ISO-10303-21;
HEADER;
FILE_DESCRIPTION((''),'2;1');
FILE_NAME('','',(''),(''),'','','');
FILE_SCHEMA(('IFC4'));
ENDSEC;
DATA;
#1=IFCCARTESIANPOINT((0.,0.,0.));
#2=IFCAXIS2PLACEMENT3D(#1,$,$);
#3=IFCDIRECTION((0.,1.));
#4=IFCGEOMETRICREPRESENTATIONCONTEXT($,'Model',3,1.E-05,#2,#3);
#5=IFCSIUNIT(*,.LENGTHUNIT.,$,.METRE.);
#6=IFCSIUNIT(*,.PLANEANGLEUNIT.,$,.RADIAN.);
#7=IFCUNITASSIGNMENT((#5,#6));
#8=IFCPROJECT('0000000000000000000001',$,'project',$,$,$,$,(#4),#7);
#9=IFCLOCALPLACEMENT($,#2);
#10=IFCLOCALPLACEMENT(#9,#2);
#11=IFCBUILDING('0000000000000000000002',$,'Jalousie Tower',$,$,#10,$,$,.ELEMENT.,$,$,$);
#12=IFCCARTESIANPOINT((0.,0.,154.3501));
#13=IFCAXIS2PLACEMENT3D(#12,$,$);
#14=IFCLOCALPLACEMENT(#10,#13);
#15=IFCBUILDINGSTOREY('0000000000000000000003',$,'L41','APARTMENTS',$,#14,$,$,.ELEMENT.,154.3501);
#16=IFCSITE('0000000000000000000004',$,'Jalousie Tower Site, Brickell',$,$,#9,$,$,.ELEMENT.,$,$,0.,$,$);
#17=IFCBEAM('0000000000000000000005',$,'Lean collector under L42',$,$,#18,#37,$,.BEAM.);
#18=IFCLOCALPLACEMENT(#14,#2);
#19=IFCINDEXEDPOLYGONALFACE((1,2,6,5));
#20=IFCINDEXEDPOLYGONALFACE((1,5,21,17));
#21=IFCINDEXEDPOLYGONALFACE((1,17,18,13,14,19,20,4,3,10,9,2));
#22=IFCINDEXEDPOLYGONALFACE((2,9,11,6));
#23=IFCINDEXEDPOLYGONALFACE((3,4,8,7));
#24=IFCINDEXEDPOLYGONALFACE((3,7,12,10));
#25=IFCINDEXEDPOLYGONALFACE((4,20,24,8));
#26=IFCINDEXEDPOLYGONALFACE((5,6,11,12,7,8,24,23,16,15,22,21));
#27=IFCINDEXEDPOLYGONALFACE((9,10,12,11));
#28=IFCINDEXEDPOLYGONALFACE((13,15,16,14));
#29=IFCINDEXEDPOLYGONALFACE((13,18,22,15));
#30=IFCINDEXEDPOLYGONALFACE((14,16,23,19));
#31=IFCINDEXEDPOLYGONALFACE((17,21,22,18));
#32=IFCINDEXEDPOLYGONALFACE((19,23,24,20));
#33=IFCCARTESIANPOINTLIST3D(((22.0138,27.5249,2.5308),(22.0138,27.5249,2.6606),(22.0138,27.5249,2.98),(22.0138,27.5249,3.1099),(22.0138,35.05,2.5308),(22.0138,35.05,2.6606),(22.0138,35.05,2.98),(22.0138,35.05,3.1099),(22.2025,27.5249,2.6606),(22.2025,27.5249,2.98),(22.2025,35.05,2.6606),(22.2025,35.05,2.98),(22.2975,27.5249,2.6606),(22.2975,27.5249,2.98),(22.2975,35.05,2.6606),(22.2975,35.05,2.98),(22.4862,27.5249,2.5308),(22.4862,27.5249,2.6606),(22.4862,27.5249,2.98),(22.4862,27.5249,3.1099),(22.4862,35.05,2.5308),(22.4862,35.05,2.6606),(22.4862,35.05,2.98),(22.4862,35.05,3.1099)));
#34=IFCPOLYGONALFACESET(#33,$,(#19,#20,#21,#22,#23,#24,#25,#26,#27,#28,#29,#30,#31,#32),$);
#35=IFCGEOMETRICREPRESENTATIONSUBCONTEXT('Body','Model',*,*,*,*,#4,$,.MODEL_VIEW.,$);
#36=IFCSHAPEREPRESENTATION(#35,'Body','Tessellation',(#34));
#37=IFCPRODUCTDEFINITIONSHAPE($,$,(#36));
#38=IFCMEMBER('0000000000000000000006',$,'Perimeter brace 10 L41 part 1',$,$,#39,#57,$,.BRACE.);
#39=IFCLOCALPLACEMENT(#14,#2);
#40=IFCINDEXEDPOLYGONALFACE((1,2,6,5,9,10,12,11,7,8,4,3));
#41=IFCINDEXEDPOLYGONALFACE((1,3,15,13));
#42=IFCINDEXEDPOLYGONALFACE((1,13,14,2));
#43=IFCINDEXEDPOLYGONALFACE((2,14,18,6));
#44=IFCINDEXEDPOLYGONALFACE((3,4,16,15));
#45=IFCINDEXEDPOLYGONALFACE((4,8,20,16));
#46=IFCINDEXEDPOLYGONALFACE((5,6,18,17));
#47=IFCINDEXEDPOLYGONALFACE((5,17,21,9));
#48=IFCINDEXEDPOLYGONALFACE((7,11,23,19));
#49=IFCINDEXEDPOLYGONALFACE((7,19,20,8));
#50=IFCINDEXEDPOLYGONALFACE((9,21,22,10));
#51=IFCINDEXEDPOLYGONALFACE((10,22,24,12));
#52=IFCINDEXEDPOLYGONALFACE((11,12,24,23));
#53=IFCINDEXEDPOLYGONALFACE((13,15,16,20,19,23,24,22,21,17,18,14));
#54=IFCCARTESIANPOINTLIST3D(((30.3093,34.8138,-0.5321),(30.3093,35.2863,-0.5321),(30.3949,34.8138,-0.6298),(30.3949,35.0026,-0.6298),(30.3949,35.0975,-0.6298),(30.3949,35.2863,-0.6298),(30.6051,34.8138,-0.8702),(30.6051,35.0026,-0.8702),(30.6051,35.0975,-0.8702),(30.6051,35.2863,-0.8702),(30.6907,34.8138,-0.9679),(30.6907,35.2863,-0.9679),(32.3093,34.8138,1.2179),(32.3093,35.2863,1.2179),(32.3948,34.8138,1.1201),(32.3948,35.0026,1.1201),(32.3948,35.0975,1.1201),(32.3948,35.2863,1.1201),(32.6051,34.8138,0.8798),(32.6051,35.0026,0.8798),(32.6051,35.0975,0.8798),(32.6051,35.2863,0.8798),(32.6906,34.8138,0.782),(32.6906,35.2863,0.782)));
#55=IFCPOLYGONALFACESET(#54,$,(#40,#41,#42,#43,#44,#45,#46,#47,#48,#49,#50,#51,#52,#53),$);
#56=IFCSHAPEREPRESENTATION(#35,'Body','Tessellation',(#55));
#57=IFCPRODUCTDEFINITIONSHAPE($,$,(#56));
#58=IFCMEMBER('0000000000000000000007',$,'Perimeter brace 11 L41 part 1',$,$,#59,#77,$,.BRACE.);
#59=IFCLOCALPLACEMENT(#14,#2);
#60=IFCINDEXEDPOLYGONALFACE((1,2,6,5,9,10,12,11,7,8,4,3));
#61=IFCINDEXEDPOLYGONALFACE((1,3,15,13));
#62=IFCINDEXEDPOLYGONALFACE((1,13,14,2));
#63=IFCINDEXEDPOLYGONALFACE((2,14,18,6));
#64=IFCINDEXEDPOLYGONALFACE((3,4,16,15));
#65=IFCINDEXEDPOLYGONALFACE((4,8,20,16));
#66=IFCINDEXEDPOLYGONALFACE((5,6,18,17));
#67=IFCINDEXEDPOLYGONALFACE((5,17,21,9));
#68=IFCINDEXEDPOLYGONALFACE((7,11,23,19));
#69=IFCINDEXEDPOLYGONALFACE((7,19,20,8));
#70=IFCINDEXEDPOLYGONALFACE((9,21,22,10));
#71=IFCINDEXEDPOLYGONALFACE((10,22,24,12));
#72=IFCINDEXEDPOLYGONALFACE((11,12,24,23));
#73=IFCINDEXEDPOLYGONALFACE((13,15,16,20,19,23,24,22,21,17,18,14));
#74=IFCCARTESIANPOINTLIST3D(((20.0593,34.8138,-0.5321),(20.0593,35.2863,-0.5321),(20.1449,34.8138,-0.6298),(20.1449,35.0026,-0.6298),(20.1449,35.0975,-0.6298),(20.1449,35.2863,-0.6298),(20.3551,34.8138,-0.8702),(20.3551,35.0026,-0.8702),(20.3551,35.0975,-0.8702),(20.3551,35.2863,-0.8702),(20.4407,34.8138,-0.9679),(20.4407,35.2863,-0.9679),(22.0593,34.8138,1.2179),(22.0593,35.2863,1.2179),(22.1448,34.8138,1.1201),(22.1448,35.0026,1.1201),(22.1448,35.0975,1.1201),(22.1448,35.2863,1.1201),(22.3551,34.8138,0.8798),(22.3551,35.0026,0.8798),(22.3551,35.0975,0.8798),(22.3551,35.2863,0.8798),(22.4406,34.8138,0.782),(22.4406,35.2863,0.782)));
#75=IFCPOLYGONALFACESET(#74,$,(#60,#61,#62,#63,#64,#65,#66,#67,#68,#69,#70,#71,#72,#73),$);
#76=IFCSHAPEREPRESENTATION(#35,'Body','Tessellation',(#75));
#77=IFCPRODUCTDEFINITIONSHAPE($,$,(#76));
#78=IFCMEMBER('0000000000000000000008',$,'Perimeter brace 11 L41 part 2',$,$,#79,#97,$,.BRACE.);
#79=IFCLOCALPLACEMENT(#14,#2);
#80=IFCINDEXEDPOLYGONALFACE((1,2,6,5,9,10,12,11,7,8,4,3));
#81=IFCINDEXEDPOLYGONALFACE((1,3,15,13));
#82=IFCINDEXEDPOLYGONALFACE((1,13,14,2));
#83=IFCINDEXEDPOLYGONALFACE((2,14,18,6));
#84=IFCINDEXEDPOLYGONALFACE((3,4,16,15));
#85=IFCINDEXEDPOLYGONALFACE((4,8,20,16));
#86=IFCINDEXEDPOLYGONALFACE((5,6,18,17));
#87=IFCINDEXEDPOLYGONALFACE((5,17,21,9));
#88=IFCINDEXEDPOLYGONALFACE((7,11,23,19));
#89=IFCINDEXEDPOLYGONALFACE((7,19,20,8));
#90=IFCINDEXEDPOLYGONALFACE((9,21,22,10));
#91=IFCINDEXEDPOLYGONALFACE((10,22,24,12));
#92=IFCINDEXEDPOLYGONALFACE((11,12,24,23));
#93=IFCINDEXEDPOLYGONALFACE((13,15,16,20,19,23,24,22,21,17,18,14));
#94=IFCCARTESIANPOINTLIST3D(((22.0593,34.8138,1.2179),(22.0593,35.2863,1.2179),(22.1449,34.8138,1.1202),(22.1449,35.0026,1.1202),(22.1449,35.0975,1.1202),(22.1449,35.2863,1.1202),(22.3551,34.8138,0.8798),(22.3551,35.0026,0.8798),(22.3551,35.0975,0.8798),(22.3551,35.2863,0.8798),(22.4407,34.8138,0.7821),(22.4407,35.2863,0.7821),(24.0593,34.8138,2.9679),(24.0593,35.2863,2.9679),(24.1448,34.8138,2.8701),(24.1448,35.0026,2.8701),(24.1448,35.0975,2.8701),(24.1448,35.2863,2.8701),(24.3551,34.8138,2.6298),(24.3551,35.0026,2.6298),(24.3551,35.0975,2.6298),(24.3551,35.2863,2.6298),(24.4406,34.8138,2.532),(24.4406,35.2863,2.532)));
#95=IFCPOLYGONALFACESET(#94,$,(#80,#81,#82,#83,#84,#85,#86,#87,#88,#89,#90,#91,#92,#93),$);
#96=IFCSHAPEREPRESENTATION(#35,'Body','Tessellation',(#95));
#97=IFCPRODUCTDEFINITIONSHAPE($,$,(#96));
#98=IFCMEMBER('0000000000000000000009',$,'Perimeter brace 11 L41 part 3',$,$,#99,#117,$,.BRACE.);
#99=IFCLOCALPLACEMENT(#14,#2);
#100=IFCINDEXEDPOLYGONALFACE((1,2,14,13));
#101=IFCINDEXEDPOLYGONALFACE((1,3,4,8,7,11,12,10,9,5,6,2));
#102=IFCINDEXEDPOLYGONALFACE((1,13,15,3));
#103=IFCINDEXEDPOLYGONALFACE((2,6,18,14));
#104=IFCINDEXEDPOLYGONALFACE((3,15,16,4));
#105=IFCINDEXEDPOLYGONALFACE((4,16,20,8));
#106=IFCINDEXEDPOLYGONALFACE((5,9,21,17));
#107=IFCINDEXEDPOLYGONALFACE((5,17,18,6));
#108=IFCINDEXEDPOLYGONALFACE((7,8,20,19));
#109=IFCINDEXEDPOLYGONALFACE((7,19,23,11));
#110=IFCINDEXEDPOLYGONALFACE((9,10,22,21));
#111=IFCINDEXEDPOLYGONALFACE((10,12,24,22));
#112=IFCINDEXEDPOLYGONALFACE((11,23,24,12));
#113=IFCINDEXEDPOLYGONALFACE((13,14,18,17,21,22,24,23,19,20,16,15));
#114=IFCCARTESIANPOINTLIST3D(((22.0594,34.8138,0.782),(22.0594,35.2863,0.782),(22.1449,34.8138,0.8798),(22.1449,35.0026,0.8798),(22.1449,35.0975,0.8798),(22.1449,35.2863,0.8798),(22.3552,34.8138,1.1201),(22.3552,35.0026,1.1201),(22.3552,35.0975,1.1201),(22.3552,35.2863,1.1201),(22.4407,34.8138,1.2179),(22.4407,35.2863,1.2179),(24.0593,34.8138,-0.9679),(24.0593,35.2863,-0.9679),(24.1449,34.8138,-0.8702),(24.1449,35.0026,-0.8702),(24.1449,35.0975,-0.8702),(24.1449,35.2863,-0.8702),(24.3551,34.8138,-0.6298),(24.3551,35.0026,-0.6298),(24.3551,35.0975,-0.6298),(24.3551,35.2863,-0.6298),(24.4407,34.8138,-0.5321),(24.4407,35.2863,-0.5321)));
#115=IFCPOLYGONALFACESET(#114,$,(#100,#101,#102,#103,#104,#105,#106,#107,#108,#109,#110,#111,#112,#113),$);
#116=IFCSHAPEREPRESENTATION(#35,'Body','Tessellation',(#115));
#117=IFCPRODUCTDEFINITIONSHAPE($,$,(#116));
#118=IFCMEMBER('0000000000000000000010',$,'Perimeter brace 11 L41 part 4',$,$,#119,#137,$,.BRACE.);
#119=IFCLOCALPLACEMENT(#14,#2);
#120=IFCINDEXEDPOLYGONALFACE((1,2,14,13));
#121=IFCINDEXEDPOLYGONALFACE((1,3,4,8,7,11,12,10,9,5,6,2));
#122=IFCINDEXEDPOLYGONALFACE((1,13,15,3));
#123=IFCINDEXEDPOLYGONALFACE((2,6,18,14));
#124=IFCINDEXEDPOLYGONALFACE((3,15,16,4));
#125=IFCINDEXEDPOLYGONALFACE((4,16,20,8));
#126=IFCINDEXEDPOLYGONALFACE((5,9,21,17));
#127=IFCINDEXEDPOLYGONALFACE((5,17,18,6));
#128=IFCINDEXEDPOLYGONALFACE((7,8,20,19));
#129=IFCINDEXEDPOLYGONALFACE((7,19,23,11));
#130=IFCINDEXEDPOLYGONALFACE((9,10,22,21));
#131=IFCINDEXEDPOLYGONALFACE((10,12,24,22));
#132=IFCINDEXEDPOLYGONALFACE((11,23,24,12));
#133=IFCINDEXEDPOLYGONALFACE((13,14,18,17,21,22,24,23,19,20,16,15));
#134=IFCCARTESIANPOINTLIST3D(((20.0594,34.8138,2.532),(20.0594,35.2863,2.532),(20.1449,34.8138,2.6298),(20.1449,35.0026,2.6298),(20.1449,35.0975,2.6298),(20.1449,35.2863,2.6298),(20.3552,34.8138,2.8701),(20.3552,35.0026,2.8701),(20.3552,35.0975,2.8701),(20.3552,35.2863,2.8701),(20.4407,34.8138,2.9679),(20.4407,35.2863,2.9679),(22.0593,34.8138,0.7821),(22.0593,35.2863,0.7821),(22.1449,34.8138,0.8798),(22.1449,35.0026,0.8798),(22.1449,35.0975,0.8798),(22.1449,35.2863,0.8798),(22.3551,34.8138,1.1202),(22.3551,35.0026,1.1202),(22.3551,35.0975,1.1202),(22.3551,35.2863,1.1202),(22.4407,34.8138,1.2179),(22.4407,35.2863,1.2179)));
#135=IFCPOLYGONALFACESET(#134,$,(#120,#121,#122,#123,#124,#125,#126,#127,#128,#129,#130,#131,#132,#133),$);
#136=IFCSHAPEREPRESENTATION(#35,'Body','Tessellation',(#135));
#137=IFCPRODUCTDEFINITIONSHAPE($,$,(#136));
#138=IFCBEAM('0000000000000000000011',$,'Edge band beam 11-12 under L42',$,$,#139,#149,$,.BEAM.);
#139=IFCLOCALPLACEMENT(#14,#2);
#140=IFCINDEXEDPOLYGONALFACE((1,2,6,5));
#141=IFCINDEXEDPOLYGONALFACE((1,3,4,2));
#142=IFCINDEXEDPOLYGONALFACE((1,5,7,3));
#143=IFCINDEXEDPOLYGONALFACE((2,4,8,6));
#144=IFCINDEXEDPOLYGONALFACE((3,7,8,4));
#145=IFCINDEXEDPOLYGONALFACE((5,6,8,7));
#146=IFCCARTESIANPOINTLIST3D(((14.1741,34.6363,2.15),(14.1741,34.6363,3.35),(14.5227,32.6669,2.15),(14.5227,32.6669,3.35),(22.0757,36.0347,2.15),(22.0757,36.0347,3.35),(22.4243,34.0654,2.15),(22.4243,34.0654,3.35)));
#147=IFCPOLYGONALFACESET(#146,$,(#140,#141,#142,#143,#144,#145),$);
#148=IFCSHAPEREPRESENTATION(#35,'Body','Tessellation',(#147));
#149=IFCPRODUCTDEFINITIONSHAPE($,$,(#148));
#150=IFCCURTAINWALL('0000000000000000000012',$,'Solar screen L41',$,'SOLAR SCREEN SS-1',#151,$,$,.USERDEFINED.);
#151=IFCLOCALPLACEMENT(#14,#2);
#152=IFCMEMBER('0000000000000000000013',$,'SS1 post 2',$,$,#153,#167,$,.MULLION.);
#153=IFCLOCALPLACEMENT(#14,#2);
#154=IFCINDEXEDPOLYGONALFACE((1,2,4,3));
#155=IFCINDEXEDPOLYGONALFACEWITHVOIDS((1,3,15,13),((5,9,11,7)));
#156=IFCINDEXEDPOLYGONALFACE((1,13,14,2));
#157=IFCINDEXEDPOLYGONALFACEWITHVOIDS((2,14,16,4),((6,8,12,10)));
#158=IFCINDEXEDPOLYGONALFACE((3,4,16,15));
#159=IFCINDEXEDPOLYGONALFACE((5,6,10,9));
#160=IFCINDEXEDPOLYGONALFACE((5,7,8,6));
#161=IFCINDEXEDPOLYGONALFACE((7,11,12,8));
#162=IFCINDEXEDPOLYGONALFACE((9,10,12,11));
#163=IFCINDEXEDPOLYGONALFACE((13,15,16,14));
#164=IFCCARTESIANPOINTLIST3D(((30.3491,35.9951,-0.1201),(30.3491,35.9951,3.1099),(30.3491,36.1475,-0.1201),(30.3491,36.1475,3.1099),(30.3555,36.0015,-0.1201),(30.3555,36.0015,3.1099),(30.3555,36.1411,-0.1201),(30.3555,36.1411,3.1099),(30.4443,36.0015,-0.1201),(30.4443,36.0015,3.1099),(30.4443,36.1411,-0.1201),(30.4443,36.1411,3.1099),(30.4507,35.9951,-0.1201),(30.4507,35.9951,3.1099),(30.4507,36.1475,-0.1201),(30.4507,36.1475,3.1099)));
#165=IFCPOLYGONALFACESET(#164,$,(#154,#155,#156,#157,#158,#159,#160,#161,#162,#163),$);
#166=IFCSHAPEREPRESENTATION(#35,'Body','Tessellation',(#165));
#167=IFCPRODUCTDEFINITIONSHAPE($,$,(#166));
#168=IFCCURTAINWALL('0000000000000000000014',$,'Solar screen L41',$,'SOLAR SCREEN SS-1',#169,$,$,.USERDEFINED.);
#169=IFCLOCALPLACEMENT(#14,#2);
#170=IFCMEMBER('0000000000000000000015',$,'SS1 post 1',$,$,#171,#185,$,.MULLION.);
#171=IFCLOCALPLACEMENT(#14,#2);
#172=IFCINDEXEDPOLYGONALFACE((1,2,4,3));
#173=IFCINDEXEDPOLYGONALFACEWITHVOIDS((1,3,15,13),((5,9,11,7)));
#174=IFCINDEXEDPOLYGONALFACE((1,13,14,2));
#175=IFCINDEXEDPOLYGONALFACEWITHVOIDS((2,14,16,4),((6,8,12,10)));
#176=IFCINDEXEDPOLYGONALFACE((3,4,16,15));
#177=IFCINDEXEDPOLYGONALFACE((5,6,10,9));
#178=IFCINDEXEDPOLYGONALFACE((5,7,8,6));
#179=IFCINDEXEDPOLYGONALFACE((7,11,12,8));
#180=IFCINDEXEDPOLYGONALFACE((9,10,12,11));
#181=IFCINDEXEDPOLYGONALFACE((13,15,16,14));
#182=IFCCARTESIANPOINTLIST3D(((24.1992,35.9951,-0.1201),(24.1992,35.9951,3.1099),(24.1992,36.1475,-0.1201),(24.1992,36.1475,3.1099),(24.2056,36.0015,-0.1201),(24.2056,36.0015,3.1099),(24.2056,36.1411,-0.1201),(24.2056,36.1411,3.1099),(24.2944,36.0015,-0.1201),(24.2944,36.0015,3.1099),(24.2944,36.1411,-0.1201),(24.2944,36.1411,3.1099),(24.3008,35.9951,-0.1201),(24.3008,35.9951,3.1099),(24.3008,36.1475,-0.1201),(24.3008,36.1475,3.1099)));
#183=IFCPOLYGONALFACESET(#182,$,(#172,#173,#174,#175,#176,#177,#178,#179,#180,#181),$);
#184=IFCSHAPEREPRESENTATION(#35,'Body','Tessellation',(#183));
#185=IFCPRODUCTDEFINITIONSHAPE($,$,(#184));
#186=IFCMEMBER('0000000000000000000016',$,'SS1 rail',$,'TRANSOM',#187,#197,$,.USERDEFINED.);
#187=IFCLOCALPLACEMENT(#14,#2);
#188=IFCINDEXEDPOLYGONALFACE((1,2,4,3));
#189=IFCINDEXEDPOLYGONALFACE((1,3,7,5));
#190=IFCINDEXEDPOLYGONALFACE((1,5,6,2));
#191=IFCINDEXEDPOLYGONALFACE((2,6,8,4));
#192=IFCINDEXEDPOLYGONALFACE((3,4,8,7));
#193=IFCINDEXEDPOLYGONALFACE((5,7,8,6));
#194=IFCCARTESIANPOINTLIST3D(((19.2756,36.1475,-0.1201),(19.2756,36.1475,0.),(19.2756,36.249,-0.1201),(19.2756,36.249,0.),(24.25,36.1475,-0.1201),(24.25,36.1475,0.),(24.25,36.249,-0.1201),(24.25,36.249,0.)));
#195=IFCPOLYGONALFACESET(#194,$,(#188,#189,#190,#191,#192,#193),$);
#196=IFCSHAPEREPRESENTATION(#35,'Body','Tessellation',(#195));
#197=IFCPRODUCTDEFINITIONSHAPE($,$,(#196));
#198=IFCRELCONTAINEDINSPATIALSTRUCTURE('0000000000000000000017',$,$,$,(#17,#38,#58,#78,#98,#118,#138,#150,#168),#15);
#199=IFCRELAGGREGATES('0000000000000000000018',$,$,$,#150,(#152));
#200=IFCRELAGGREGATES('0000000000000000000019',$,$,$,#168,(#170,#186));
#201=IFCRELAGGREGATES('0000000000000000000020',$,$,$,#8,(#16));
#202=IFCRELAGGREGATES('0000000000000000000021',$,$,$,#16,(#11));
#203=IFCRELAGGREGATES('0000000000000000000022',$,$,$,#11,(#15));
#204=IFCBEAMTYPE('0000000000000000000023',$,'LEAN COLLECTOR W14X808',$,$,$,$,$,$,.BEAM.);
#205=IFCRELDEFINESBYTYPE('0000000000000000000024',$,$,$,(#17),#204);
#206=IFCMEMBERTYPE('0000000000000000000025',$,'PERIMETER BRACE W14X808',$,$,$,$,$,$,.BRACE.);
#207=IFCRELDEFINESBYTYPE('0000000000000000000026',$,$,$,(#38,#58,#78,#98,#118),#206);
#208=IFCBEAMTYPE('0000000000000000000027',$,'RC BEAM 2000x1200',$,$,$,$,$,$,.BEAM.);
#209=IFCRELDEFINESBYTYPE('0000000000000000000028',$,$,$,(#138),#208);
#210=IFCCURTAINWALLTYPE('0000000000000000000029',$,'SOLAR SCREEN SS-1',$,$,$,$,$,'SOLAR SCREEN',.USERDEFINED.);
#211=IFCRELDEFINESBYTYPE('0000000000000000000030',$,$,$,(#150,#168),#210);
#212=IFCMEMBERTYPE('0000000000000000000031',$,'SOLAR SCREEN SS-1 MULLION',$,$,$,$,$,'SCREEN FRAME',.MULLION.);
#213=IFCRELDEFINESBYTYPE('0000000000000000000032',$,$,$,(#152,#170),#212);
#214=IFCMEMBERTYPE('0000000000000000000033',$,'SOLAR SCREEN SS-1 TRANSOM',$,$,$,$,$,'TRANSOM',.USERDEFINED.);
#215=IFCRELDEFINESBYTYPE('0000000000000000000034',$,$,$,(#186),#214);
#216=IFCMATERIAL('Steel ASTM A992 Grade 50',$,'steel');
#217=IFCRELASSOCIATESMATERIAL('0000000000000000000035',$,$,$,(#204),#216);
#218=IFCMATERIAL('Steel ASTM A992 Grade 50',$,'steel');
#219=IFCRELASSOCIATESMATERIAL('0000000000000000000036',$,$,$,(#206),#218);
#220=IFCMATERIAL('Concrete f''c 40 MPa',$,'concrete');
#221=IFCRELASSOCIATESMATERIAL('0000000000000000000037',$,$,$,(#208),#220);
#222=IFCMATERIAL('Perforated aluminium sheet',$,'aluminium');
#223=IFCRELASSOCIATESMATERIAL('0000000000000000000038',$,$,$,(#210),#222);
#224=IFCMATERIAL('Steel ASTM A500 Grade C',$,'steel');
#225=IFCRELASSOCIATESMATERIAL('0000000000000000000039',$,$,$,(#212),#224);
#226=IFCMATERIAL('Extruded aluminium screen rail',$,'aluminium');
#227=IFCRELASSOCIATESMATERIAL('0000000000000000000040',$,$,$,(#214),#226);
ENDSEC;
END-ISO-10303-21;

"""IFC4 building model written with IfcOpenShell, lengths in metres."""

from ifc_helpers import new_model, si_unit, direction, frame, origin, origin_2d, place, context, subcontext, project, spatial, rectangle, hollow_rectangle, i_section, extrude, material, material_profile, profile_set, type_object, element, aggregate, save


model = new_model("IFC4")

# Units and contexts
model_context = context("Model", 3, precision=1e-05, world=origin(), true_north=direction((0.0, 1.0)))
body_context = subcontext(model_context, "Body", "Model", "MODEL_VIEW")
ifc_project = project(units=[si_unit("LENGTHUNIT", "METRE"), si_unit("PLANEANGLEUNIT", "RADIAN")], contexts=[model_context])

# Site, building, storey
site_placement = place(None, origin())
site = spatial("IfcSite", under=ifc_project, at=site_placement, Name="Jalousie Tower Site, Brickell", CompositionType="ELEMENT", RefElevation=0.0)
building_placement = place(site_placement, origin())
building = spatial("IfcBuilding", under=site, at=building_placement, Name="Jalousie Tower", CompositionType="ELEMENT")
storey_placement = place(building_placement, frame((0.0, 0.0, 154.3501)))
storey = spatial("IfcBuildingStorey", under=building, at=storey_placement, Name="L41", Description="APARTMENTS", CompositionType="ELEMENT", Elevation=154.3501)

# Beam
ifc_material_1 = material(Name="Steel ASTM A992 Grade 50", Category="steel")
ifc_material_profile_1 = material_profile(ifc_material_1, i_section(OverallWidth=0.4724, OverallDepth=0.5791, WebThickness=0.095, FlangeThickness=0.1299, at=origin_2d()), Name="W14X808")
ifc_profile_set_1 = profile_set([ifc_material_profile_1], Name="Steel ASTM A992 Grade 50")
beam_type_1 = type_object("IfcBeamType", Name="LEAN COLLECTOR W14X808", PredefinedType="BEAM", material=ifc_profile_set_1)
beam_1_placement = place(storey_placement, frame((22.25, 35.05, 2.8203), z_axis=(0.0, -1.0, 0.0), x_axis=(1.0, 0.0, 0.0)))
element("IfcBeam", 1, at=beam_1_placement, inside=storey, type_object=beam_type_1, Name="Lean collector under L42", PredefinedType="BEAM", context=body_context, shape_type="SweptSolid", body=[
    extrude(i_section(OverallWidth=0.4724, OverallDepth=0.5791, WebThickness=0.095, FlangeThickness=0.1299, at=origin_2d()), origin(), (0.0, 0.0, 1.0), 7.5251),
])

# Members
ifc_material_2 = material(Name="Steel ASTM A992 Grade 50", Category="steel")
ifc_material_profile_2 = material_profile(ifc_material_2, i_section(OverallWidth=0.4724, OverallDepth=0.5791, WebThickness=0.095, FlangeThickness=0.1299, at=origin_2d()), Name="W14X808")
ifc_profile_set_2 = profile_set([ifc_material_profile_2], Name="Steel ASTM A992 Grade 50")
member_type_1 = type_object("IfcMemberType", Name="PERIMETER BRACE W14X808", PredefinedType="BRACE", material=ifc_profile_set_2)
for number, where, z_axis, x_axis, name in (
    (2, (30.5, 35.05, -0.75), (0.752577, 0.0, 0.658505), (0.0, 1.0, 0.0), "Perimeter brace 10 L41 part 1"),
    (3, (20.25, 35.05, -0.75), (0.752577, 0.0, 0.658505), (0.0, 1.0, 0.0), "Perimeter brace 11 L41 part 1"),
    (4, (22.25, 35.05, 1.0), (0.752577, 0.0, 0.658505), (0.0, 1.0, 0.0), "Perimeter brace 11 L41 part 2"),
    (5, (24.25, 35.05, -0.75), (-0.752577, 0.0, 0.658505), (0.0, -1.0, 0.0), "Perimeter brace 11 L41 part 3"),
    (6, (22.25, 35.05, 1.0), (-0.752577, 0.0, 0.658505), (0.0, -1.0, 0.0), "Perimeter brace 11 L41 part 4"),
):
    element("IfcMember", number, at=place(storey_placement, frame(where, z_axis=z_axis, x_axis=x_axis)), inside=storey, type_object=member_type_1, Name=name, PredefinedType="BRACE", context=body_context, shape_type="SweptSolid", body=[
        extrude(i_section(OverallWidth=0.4724, OverallDepth=0.5791, WebThickness=0.095, FlangeThickness=0.1299, at=origin_2d()), origin(), (0.0, 0.0, 1.0), 2.6575),
    ])

# Beam
ifc_material_3 = material(Name="Concrete f'c 40 MPa", Category="concrete")
ifc_material_profile_3 = material_profile(ifc_material_3, rectangle(XDim=2.0, YDim=1.2, at=origin_2d()), Name="RC 2000x1200")
ifc_profile_set_3 = profile_set([ifc_material_profile_3], Name="Concrete f'c 40 MPa")
beam_type_2 = type_object("IfcBeamType", Name="RC BEAM 2000x1200", PredefinedType="BEAM", material=ifc_profile_set_3)
beam_2_placement = place(storey_placement, frame((22.25, 35.05, 2.75), z_axis=(-0.984697, -0.174273, 0.0), x_axis=(0.174273, -0.984697, 0.0)))
element("IfcBeam", 7, at=beam_2_placement, inside=storey, type_object=beam_type_2, Name="Edge band beam 11-12 under L42", PredefinedType="BEAM", context=body_context, shape_type="SweptSolid", body=[
    extrude(rectangle(XDim=2.0, YDim=1.2, at=origin_2d()), origin(), (0.0, 0.0, 1.0), 8.0244),
])

# Curtain wall, member
ifc_material_4 = material(Name="Perforated aluminium sheet", Category="aluminium")
curtain_wall_type = type_object("IfcCurtainWallType", Name="SOLAR SCREEN SS-1", ElementType="SOLAR SCREEN", PredefinedType="USERDEFINED", material=ifc_material_4)
curtain_wall_1_placement = place(storey_placement, origin())
curtain_wall_1 = element("IfcCurtainWall", 8, at=curtain_wall_1_placement, inside=storey, type_object=curtain_wall_type, Name="Solar screen L41", ObjectType="SOLAR SCREEN SS-1", PredefinedType="USERDEFINED")
ifc_material_5 = material(Name="Steel ASTM A500 Grade C", Category="steel")
ifc_material_profile_4 = material_profile(ifc_material_5, hollow_rectangle(XDim=0.1016, YDim=0.1523, WallThickness=0.0063, at=origin_2d()), Name="HSS6X4X1/4")
ifc_profile_set_4 = profile_set([ifc_material_profile_4], Name="Steel ASTM A500 Grade C")
member_type_2 = type_object("IfcMemberType", Name="SOLAR SCREEN SS-1 MULLION", ElementType="SCREEN FRAME", PredefinedType="MULLION", material=ifc_profile_set_4)
member_1_placement = place(storey_placement, frame((30.3999, 36.0713, -0.1201), z_axis=(0.0, 0.0, 1.0), x_axis=(-1.0, 0.0, 0.0)))
member_1 = element("IfcMember", 9, at=member_1_placement, type_object=member_type_2, Name="SS1 post 2", PredefinedType="MULLION", context=body_context, shape_type="SweptSolid", body=[
    extrude(hollow_rectangle(XDim=0.1016, YDim=0.1523, WallThickness=0.0063, at=origin_2d()), origin(), (0.0, 0.0, 1.0), 3.23),
])
aggregate(curtain_wall_1, [member_1])

# Curtain wall, members
curtain_wall_2_placement = place(storey_placement, origin())
curtain_wall_2 = element("IfcCurtainWall", 10, at=curtain_wall_2_placement, inside=storey, type_object=curtain_wall_type, Name="Solar screen L41", ObjectType="SOLAR SCREEN SS-1", PredefinedType="USERDEFINED")
member_2_placement = place(storey_placement, frame((24.25, 36.0713, -0.1201), z_axis=(0.0, 0.0, 1.0), x_axis=(-1.0, 0.0, 0.0)))
member_2 = element("IfcMember", 11, at=member_2_placement, type_object=member_type_2, Name="SS1 post 1", PredefinedType="MULLION", context=body_context, shape_type="SweptSolid", body=[
    extrude(hollow_rectangle(XDim=0.1016, YDim=0.1523, WallThickness=0.0063, at=origin_2d()), origin(), (0.0, 0.0, 1.0), 3.23),
])
ifc_material_6 = material(Name="Extruded aluminium screen rail", Category="aluminium")
ifc_material_profile_5 = material_profile(ifc_material_6, rectangle(XDim=0.1016, YDim=0.1201, at=origin_2d()), Name="RAIL 102x120")
ifc_profile_set_5 = profile_set([ifc_material_profile_5], Name="Extruded aluminium screen rail")
member_type_3 = type_object("IfcMemberType", Name="SOLAR SCREEN SS-1 TRANSOM", ElementType="TRANSOM", PredefinedType="USERDEFINED", material=ifc_profile_set_5)
member_3_placement = place(storey_placement, frame((24.25, 36.1982, -0.0601), z_axis=(-1.0, 0.0, 0.0), x_axis=(0.0, -1.0, 0.0)))
member_3 = element("IfcMember", 12, at=member_3_placement, type_object=member_type_3, Name="SS1 rail", ObjectType="TRANSOM", PredefinedType="USERDEFINED", context=body_context, shape_type="SweptSolid", body=[
    extrude(rectangle(XDim=0.1016, YDim=0.1201, at=origin_2d()), origin(), (0.0, 0.0, 1.0), 4.9744),
])
aggregate(curtain_wall_2, [member_2, member_3])

save(model, "model.ifc")
